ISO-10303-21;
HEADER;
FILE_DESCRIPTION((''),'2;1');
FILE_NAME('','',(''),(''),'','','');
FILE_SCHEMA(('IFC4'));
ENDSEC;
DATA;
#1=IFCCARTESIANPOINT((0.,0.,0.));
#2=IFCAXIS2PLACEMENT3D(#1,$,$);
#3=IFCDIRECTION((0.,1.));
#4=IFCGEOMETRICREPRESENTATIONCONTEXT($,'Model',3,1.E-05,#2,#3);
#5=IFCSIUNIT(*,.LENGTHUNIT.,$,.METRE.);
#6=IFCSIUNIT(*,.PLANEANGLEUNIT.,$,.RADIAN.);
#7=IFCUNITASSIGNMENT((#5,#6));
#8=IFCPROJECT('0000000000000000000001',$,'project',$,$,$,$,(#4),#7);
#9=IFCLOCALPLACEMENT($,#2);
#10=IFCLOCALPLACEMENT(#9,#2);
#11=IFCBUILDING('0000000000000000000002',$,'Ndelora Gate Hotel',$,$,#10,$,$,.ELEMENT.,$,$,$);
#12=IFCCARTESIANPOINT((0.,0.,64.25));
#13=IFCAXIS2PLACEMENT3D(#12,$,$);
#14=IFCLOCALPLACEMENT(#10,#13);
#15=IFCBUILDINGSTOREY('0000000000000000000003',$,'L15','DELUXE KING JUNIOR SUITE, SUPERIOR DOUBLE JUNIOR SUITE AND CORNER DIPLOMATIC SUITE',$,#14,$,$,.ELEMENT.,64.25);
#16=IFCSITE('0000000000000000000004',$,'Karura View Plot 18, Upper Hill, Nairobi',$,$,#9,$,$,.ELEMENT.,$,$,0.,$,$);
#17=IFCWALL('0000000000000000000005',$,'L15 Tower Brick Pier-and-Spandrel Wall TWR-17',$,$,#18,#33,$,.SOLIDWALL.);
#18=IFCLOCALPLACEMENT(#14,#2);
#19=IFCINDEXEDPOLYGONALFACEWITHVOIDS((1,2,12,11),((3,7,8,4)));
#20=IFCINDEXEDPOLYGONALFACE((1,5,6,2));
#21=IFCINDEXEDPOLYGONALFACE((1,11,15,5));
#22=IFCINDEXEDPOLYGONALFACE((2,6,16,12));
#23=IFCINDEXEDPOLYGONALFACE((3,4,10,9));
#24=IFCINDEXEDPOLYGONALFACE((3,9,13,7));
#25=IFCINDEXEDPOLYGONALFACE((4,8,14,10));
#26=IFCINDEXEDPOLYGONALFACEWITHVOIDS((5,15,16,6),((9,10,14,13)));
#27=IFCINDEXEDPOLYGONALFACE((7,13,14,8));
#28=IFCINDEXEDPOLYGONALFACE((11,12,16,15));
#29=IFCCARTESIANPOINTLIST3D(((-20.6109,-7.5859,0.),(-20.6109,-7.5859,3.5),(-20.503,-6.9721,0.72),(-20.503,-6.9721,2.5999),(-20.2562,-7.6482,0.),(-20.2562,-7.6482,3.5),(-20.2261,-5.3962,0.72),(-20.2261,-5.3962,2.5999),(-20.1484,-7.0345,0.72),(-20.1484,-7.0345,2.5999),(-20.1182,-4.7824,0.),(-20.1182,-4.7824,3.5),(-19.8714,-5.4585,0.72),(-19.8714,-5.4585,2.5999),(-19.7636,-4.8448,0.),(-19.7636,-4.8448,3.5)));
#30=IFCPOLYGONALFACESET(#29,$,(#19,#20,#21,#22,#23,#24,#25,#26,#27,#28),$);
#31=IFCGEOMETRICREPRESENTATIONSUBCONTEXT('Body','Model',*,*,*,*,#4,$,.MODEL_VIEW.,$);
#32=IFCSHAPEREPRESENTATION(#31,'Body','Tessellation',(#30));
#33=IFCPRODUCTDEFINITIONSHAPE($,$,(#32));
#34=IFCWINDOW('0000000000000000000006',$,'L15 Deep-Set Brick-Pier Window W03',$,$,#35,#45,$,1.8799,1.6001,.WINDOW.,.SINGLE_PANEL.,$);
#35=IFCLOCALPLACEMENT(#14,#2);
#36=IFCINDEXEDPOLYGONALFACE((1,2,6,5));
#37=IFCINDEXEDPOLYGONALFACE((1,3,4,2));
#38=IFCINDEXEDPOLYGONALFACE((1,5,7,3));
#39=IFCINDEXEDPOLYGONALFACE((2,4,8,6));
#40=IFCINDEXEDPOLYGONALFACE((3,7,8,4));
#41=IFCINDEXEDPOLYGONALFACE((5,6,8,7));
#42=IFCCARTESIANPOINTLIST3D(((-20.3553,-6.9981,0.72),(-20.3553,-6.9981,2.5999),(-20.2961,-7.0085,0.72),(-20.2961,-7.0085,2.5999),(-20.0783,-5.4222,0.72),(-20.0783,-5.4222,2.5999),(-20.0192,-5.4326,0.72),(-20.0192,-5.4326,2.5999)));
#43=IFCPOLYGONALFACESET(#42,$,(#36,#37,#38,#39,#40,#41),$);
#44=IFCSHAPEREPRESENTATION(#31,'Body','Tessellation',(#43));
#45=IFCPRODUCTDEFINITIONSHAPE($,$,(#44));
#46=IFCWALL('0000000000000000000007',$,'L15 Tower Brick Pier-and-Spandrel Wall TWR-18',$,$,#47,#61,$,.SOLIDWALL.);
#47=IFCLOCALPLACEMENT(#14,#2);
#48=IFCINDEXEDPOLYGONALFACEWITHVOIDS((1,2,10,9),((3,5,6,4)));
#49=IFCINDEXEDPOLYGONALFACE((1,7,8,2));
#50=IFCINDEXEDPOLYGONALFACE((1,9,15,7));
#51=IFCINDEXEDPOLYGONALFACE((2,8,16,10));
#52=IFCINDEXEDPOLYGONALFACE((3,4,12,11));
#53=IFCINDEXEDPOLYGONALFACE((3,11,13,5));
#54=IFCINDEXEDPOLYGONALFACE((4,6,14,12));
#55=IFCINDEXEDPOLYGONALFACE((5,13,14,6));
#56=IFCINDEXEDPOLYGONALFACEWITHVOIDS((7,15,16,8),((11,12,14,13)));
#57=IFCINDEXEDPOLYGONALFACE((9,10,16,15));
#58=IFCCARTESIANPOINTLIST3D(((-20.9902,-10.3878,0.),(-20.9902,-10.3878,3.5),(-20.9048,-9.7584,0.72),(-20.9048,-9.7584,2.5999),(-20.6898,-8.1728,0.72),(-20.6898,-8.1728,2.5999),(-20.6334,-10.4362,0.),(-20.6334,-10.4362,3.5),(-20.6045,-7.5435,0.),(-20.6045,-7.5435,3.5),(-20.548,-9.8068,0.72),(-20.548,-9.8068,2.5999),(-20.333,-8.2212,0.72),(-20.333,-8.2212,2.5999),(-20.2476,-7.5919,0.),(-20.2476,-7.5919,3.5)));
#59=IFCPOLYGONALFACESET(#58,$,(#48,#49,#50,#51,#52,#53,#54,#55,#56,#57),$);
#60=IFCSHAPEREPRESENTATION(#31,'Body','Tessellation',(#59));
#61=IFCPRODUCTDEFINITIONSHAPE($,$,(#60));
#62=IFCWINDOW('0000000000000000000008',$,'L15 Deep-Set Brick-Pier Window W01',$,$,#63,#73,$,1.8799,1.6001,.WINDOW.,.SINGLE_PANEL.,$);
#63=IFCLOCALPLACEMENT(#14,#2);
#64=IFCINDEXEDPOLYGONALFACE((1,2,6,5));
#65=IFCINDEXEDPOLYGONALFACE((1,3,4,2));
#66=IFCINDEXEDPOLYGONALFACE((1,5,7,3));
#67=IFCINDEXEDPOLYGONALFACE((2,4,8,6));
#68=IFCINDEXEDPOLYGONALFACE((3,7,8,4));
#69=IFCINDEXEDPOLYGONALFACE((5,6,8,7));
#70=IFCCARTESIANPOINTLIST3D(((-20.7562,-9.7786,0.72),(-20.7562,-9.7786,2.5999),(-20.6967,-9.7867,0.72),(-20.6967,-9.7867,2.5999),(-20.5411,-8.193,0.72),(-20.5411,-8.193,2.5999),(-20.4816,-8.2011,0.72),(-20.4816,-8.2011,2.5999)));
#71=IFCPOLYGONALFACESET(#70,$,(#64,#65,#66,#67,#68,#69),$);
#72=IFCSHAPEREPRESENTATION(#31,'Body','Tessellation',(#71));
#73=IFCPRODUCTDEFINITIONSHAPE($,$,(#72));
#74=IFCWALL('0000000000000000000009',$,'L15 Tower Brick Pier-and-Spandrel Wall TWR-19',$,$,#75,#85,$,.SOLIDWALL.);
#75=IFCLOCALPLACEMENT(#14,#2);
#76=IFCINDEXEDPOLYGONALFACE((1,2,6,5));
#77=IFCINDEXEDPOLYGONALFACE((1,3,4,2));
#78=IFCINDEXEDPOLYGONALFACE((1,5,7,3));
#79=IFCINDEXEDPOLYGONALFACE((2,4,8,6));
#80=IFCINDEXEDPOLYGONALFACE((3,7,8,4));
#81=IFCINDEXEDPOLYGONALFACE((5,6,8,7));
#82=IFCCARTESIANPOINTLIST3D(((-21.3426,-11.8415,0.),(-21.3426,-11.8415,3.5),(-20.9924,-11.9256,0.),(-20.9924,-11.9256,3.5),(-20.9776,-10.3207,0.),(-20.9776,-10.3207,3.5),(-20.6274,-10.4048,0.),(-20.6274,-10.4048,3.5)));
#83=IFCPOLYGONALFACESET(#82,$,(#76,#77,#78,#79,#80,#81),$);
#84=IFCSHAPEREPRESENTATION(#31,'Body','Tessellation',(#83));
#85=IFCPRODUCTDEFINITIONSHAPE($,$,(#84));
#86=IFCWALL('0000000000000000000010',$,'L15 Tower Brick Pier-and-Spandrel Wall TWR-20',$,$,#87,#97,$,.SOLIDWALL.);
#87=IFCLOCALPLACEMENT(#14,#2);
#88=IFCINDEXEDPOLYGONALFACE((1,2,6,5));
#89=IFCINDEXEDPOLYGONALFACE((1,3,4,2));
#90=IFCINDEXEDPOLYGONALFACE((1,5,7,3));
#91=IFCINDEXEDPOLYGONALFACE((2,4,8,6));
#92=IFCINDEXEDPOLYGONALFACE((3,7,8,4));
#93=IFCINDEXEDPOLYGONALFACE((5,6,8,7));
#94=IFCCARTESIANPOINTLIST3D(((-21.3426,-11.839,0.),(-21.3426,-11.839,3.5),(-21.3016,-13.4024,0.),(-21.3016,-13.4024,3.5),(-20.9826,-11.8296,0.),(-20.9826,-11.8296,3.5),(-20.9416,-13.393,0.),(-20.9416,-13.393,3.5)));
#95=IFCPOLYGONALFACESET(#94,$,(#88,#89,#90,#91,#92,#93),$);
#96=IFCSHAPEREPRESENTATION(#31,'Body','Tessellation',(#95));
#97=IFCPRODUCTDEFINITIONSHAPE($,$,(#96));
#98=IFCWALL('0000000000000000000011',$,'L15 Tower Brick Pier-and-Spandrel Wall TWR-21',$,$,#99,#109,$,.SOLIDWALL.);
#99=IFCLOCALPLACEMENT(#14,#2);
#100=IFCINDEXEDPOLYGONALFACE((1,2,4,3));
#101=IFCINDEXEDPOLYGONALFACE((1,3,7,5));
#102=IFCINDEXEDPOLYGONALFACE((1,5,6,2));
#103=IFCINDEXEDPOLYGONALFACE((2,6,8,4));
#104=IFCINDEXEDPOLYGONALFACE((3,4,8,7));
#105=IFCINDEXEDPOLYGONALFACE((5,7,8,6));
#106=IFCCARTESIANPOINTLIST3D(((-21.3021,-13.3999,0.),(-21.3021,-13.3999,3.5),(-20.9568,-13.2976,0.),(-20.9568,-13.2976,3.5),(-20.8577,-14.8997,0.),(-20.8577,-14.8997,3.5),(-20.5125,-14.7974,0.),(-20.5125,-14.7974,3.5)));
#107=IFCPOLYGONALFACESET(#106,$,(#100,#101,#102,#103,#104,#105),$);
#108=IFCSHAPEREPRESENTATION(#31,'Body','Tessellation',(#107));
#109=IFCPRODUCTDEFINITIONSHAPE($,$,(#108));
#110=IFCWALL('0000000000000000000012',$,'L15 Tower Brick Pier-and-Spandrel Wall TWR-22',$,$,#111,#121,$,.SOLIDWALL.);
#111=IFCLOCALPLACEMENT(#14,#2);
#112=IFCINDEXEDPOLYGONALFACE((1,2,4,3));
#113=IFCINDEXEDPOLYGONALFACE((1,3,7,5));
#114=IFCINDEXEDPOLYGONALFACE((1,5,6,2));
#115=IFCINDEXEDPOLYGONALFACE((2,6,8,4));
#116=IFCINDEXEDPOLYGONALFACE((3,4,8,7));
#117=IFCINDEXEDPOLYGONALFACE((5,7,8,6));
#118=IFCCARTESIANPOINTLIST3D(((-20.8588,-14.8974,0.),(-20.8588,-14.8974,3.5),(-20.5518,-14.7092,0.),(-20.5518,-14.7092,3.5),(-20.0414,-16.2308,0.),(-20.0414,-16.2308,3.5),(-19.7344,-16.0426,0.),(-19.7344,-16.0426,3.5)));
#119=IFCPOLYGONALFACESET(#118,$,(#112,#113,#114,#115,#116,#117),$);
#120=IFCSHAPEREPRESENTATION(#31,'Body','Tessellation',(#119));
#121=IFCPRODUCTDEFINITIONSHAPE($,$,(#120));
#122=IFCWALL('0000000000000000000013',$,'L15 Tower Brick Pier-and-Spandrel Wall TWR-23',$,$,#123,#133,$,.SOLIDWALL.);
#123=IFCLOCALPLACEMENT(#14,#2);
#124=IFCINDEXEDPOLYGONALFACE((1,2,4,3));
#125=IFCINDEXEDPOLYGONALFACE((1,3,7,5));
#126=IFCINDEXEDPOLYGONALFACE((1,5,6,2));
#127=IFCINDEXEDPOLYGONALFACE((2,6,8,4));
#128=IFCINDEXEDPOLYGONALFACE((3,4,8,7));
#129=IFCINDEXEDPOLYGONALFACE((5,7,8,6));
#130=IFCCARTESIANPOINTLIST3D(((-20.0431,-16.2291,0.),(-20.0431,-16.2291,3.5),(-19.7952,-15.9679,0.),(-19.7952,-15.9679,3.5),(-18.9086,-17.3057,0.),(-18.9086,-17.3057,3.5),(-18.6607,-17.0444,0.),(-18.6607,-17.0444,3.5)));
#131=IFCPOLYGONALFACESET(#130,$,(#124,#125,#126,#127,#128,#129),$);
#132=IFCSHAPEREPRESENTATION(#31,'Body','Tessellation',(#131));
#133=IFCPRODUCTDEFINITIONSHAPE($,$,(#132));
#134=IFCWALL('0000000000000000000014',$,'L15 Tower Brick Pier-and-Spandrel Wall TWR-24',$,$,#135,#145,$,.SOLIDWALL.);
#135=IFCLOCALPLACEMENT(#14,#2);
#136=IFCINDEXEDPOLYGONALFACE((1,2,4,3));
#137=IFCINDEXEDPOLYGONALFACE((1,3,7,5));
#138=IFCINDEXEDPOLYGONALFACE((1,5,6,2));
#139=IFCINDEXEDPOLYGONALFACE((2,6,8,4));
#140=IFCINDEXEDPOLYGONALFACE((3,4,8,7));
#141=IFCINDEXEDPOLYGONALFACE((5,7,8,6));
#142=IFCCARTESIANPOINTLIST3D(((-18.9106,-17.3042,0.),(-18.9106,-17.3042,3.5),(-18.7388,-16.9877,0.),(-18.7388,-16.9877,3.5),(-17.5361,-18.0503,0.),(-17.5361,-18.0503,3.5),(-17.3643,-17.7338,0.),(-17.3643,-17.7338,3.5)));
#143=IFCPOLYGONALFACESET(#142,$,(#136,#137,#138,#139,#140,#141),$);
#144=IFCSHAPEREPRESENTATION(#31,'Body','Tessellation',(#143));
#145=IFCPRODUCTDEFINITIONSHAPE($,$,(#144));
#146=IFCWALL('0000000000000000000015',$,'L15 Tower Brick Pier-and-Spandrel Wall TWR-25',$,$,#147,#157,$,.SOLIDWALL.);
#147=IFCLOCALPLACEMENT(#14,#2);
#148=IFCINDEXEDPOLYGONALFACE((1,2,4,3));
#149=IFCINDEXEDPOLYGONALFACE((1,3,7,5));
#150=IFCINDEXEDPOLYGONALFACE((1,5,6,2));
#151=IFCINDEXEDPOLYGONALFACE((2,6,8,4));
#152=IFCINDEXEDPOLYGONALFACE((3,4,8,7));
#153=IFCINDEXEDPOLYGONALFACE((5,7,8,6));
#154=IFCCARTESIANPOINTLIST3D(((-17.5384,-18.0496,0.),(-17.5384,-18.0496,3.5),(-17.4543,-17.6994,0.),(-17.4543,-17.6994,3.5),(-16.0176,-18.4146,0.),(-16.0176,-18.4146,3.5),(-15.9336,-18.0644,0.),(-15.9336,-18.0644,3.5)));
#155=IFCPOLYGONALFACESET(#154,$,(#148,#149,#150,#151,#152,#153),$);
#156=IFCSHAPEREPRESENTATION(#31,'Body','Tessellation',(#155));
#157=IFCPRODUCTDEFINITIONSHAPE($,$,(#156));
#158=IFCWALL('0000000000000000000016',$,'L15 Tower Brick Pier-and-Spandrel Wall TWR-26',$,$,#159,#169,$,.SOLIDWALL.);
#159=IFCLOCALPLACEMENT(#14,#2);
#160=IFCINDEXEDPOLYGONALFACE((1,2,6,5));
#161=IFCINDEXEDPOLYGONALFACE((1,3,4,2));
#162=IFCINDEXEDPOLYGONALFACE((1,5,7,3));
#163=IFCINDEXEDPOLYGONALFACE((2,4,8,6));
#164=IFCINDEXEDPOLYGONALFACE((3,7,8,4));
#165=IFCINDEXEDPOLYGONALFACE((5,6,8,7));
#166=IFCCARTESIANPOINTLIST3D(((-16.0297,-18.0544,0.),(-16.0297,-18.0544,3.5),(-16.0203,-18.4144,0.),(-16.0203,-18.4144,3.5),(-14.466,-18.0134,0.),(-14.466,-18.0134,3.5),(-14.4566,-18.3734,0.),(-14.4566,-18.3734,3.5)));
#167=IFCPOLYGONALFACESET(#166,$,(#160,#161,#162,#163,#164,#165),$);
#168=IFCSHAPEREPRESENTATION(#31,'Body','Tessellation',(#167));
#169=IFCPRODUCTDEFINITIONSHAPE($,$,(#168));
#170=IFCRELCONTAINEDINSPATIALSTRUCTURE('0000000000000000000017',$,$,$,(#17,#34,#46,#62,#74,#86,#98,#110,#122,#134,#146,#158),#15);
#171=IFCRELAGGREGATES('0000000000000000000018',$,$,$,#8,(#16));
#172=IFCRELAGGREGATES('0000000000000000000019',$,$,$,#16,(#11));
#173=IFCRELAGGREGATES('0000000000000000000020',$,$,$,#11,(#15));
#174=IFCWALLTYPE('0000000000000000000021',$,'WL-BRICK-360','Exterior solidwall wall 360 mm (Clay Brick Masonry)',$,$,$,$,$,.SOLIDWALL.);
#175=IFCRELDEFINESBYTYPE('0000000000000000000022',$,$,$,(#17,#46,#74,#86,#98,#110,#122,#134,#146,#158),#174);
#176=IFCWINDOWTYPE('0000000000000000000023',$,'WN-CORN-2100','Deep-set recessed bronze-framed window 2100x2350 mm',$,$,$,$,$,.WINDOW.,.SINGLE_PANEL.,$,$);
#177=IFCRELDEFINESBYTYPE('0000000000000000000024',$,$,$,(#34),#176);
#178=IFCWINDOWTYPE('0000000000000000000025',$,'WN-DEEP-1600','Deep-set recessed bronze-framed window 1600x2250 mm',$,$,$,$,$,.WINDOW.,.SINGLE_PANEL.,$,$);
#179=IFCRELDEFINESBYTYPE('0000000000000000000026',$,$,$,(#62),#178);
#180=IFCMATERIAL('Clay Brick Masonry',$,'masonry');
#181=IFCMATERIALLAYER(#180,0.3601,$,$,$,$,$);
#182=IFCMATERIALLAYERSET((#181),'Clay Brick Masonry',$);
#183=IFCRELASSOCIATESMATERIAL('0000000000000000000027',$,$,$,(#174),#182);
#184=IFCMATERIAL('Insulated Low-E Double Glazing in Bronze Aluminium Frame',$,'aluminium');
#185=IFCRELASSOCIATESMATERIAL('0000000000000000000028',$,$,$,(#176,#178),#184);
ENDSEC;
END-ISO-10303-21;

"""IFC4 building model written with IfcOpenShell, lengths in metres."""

from ifc_helpers import new_model, si_unit, direction, frame, frame_2d, origin, place, context, subcontext, project, spatial, rectangle, extrude, material, layer, layer_set, type_object, element, fill, save


model = new_model("IFC4")

# Units and contexts
model_context = context("Model", 3, precision=1e-05, world=origin(), true_north=direction((0.0, 1.0)))
body_context = subcontext(model_context, "Body", "Model", "MODEL_VIEW")
ifc_project = project(units=[si_unit("LENGTHUNIT", "METRE"), si_unit("PLANEANGLEUNIT", "RADIAN")], contexts=[model_context])

# Site, building, storey
site_placement = place(None, origin())
site = spatial("IfcSite", under=ifc_project, at=site_placement, Name="Karura View Plot 18, Upper Hill, Nairobi", CompositionType="ELEMENT", RefElevation=0.0)
building_placement = place(site_placement, origin())
building = spatial("IfcBuilding", under=site, at=building_placement, Name="Ndelora Gate Hotel", CompositionType="ELEMENT")
storey_placement = place(building_placement, frame((0.0, 0.0, 64.25)))
storey = spatial("IfcBuildingStorey", under=building, at=storey_placement, Name="L15", Description="DELUXE KING JUNIOR SUITE, SUPERIOR DOUBLE JUNIOR SUITE AND CORNER DIPLOMATIC SUITE", CompositionType="ELEMENT", Elevation=64.25)

# Walls, openings, windows
ifc_material_1 = material(Name="Clay Brick Masonry", Category="masonry")
ifc_layer_1 = layer(ifc_material_1, 0.3601)
ifc_layer_set_1 = layer_set([ifc_layer_1], Name="Clay Brick Masonry")
wall_type = type_object("IfcWallType", Name="WL-BRICK-360", Description="Exterior solidwall wall 360 mm (Clay Brick Masonry)", PredefinedType="SOLIDWALL", material=ifc_layer_set_1)
wall_1_placement = place(storey_placement, frame((-20.4336, -7.6172, 0.0), z_axis=(0.0, 0.0, 1.0), x_axis=(0.173086, 0.984907, 0.0)))
wall_1 = element("IfcWall", 1, at=wall_1_placement, inside=storey, type_object=wall_type, Name="L15 Tower Brick Pier-and-Spandrel Wall TWR-17", PredefinedType="SOLIDWALL", context=body_context, shape_type="SweptSolid", body=[
    extrude(rectangle(XDim=2.8464, YDim=0.3601, at=frame_2d((1.4233, 0.0))), origin(), (0.0, 0.0, 1.0), 3.5),
])
opening_1_placement = place(wall_1_placement, frame((0.6233, 0.0, 0.72)))
opening_1 = element("IfcOpeningElement", 2, at=opening_1_placement, cuts=wall_1, PredefinedType="OPENING", context=body_context, shape_type="SweptSolid", body=[
    extrude(rectangle(XDim=1.6001, YDim=1.8799, at=frame_2d((0.8, 0.9399))), frame((0.0, 0.1899, 0.0), z_axis=(0.0, -1.0, 0.0), x_axis=(1.0, 0.0, 0.0)), (0.0, 0.0, 1.0), 0.3801),
])
ifc_material_2 = material(Name="Insulated Low-E Double Glazing in Bronze Aluminium Frame", Category="aluminium")
window_type_1 = type_object("IfcWindowType", Name="WN-CORN-2100", Description="Deep-set recessed bronze-framed window 2100x2350 mm", PartitioningType="SINGLE_PANEL", PredefinedType="WINDOW", material=ifc_material_2)
window_1_placement = place(opening_1_placement, origin())
window_1 = element("IfcWindow", 3, at=window_1_placement, inside=storey, type_object=window_type_1, Name="L15 Deep-Set Brick-Pier Window W03", OverallHeight=1.8799, OverallWidth=1.6001, PartitioningType="SINGLE_PANEL", PredefinedType="WINDOW", context=body_context, shape_type="SweptSolid", body=[
    extrude(rectangle(XDim=1.6001, YDim=1.8799, at=frame_2d((0.8, 0.9399))), frame((0.0, 0.03, 0.0), z_axis=(0.0, -1.0, 0.0), x_axis=(1.0, 0.0, 0.0)), (0.0, 0.0, 1.0), 0.0601),
])
fill(opening_1, window_1)
wall_2_placement = place(storey_placement, frame((-20.8118, -10.4119, 0.0), z_axis=(0.0, 0.0, 1.0), x_axis=(0.134392, 0.990928, 0.0)))
wall_2 = element("IfcWall", 4, at=wall_2_placement, inside=storey, type_object=wall_type, Name="L15 Tower Brick Pier-and-Spandrel Wall TWR-18", PredefinedType="SOLIDWALL", context=body_context, shape_type="SweptSolid", body=[
    extrude(rectangle(XDim=2.8704, YDim=0.3601, at=frame_2d((1.4351, 0.0))), origin(), (0.0, 0.0, 1.0), 3.5),
])
opening_2_placement = place(wall_2_placement, frame((0.635, 0.0, 0.72)))
opening_2 = element("IfcOpeningElement", 5, at=opening_2_placement, cuts=wall_2, PredefinedType="OPENING", context=body_context, shape_type="SweptSolid", body=[
    extrude(rectangle(XDim=1.6001, YDim=1.8799, at=frame_2d((0.8, 0.9399))), frame((0.0, 0.1899, 0.0), z_axis=(0.0, -1.0, 0.0), x_axis=(1.0, 0.0, 0.0)), (0.0, 0.0, 1.0), 0.3801),
])
window_type_2 = type_object("IfcWindowType", Name="WN-DEEP-1600", Description="Deep-set recessed bronze-framed window 1600x2250 mm", PartitioningType="SINGLE_PANEL", PredefinedType="WINDOW", material=ifc_material_2)
window_2_placement = place(opening_2_placement, origin())
window_2 = element("IfcWindow", 6, at=window_2_placement, inside=storey, type_object=window_type_2, Name="L15 Deep-Set Brick-Pier Window W01", OverallHeight=1.8799, OverallWidth=1.6001, PartitioningType="SINGLE_PANEL", PredefinedType="WINDOW", context=body_context, shape_type="SweptSolid", body=[
    extrude(rectangle(XDim=1.6001, YDim=1.8799, at=frame_2d((0.8, 0.9399))), frame((0.0, 0.03, 0.0), z_axis=(0.0, -1.0, 0.0), x_axis=(1.0, 0.0, 0.0)), (0.0, 0.0, 1.0), 0.0601),
])
fill(opening_2, window_2)

# Walls
for number, where, z_axis, x_axis, name in (
    (7, (-21.1675, -11.8835, 0.0), (0.0, 0.0, 1.0), (0.233379, 0.972386, 0.0), "L15 Tower Brick Pier-and-Spandrel Wall TWR-19"),
    (8, (-21.1216, -13.3977, 0.0), (0.0, 0.0, 1.0), (-0.026225, 0.999656, 0.0), "L15 Tower Brick Pier-and-Spandrel Wall TWR-20"),
):
    element("IfcWall", number, at=place(storey_placement, frame(where, z_axis=z_axis, x_axis=x_axis)), inside=storey, type_object=wall_type, Name=name, PredefinedType="SOLIDWALL", context=body_context, shape_type="SweptSolid", body=[
        extrude(rectangle(XDim=1.564, YDim=0.3601, at=frame_2d((0.782, 0.0))), origin(), (0.0, 0.0, 1.0), 3.5),
    ])
wall_3_placement = place(storey_placement, frame((-20.6851, -14.8486, 0.0), z_axis=(0.0, 0.0, 1.0), x_axis=(-0.284067, 0.958804, 0.0)))
element("IfcWall", 9, at=wall_3_placement, inside=storey, type_object=wall_type, Name="L15 Tower Brick Pier-and-Spandrel Wall TWR-21", PredefinedType="SOLIDWALL", context=body_context, shape_type="SweptSolid", body=[
    extrude(rectangle(XDim=1.5642, YDim=0.3601, at=frame_2d((0.7822, 0.0))), origin(), (0.0, 0.0, 1.0), 3.5),
])
for number, where, z_axis, x_axis, name in (
    (10, (-19.8879, -16.1367, 0.0), (0.0, 0.0, 1.0), (-0.522599, 0.852579, 0.0), "L15 Tower Brick Pier-and-Spandrel Wall TWR-22"),
    (11, (-18.7847, -17.175, 0.0), (0.0, 0.0, 1.0), (-0.725362, 0.688368, 0.0), "L15 Tower Brick Pier-and-Spandrel Wall TWR-23"),
    (12, (-17.4502, -17.8921, 0.0), (0.0, 0.0, 1.0), (-0.878872, 0.477057, 0.0), "L15 Tower Brick Pier-and-Spandrel Wall TWR-24"),
    (13, (-15.9756, -18.2395, 0.0), (0.0, 0.0, 1.0), (-0.972386, 0.233379, 0.0), "L15 Tower Brick Pier-and-Spandrel Wall TWR-25"),
):
    element("IfcWall", number, at=place(storey_placement, frame(where, z_axis=z_axis, x_axis=x_axis)), inside=storey, type_object=wall_type, Name=name, PredefinedType="SOLIDWALL", context=body_context, shape_type="SweptSolid", body=[
        extrude(rectangle(XDim=1.564, YDim=0.3601, at=frame_2d((0.782, 0.0))), origin(), (0.0, 0.0, 1.0), 3.5),
    ])
wall_4_placement = place(storey_placement, frame((-14.4612, -18.1934, 0.0), z_axis=(0.0, 0.0, 1.0), x_axis=(-0.999656, -0.02622, 0.0)))
element("IfcWall", 14, at=wall_4_placement, inside=storey, type_object=wall_type, Name="L15 Tower Brick Pier-and-Spandrel Wall TWR-26", PredefinedType="SOLIDWALL", context=body_context, shape_type="SweptSolid", body=[
    extrude(rectangle(XDim=1.5642, YDim=0.3601, at=frame_2d((0.7822, 0.0))), origin(), (0.0, 0.0, 1.0), 3.5),
])

save(model, "model.ifc")
